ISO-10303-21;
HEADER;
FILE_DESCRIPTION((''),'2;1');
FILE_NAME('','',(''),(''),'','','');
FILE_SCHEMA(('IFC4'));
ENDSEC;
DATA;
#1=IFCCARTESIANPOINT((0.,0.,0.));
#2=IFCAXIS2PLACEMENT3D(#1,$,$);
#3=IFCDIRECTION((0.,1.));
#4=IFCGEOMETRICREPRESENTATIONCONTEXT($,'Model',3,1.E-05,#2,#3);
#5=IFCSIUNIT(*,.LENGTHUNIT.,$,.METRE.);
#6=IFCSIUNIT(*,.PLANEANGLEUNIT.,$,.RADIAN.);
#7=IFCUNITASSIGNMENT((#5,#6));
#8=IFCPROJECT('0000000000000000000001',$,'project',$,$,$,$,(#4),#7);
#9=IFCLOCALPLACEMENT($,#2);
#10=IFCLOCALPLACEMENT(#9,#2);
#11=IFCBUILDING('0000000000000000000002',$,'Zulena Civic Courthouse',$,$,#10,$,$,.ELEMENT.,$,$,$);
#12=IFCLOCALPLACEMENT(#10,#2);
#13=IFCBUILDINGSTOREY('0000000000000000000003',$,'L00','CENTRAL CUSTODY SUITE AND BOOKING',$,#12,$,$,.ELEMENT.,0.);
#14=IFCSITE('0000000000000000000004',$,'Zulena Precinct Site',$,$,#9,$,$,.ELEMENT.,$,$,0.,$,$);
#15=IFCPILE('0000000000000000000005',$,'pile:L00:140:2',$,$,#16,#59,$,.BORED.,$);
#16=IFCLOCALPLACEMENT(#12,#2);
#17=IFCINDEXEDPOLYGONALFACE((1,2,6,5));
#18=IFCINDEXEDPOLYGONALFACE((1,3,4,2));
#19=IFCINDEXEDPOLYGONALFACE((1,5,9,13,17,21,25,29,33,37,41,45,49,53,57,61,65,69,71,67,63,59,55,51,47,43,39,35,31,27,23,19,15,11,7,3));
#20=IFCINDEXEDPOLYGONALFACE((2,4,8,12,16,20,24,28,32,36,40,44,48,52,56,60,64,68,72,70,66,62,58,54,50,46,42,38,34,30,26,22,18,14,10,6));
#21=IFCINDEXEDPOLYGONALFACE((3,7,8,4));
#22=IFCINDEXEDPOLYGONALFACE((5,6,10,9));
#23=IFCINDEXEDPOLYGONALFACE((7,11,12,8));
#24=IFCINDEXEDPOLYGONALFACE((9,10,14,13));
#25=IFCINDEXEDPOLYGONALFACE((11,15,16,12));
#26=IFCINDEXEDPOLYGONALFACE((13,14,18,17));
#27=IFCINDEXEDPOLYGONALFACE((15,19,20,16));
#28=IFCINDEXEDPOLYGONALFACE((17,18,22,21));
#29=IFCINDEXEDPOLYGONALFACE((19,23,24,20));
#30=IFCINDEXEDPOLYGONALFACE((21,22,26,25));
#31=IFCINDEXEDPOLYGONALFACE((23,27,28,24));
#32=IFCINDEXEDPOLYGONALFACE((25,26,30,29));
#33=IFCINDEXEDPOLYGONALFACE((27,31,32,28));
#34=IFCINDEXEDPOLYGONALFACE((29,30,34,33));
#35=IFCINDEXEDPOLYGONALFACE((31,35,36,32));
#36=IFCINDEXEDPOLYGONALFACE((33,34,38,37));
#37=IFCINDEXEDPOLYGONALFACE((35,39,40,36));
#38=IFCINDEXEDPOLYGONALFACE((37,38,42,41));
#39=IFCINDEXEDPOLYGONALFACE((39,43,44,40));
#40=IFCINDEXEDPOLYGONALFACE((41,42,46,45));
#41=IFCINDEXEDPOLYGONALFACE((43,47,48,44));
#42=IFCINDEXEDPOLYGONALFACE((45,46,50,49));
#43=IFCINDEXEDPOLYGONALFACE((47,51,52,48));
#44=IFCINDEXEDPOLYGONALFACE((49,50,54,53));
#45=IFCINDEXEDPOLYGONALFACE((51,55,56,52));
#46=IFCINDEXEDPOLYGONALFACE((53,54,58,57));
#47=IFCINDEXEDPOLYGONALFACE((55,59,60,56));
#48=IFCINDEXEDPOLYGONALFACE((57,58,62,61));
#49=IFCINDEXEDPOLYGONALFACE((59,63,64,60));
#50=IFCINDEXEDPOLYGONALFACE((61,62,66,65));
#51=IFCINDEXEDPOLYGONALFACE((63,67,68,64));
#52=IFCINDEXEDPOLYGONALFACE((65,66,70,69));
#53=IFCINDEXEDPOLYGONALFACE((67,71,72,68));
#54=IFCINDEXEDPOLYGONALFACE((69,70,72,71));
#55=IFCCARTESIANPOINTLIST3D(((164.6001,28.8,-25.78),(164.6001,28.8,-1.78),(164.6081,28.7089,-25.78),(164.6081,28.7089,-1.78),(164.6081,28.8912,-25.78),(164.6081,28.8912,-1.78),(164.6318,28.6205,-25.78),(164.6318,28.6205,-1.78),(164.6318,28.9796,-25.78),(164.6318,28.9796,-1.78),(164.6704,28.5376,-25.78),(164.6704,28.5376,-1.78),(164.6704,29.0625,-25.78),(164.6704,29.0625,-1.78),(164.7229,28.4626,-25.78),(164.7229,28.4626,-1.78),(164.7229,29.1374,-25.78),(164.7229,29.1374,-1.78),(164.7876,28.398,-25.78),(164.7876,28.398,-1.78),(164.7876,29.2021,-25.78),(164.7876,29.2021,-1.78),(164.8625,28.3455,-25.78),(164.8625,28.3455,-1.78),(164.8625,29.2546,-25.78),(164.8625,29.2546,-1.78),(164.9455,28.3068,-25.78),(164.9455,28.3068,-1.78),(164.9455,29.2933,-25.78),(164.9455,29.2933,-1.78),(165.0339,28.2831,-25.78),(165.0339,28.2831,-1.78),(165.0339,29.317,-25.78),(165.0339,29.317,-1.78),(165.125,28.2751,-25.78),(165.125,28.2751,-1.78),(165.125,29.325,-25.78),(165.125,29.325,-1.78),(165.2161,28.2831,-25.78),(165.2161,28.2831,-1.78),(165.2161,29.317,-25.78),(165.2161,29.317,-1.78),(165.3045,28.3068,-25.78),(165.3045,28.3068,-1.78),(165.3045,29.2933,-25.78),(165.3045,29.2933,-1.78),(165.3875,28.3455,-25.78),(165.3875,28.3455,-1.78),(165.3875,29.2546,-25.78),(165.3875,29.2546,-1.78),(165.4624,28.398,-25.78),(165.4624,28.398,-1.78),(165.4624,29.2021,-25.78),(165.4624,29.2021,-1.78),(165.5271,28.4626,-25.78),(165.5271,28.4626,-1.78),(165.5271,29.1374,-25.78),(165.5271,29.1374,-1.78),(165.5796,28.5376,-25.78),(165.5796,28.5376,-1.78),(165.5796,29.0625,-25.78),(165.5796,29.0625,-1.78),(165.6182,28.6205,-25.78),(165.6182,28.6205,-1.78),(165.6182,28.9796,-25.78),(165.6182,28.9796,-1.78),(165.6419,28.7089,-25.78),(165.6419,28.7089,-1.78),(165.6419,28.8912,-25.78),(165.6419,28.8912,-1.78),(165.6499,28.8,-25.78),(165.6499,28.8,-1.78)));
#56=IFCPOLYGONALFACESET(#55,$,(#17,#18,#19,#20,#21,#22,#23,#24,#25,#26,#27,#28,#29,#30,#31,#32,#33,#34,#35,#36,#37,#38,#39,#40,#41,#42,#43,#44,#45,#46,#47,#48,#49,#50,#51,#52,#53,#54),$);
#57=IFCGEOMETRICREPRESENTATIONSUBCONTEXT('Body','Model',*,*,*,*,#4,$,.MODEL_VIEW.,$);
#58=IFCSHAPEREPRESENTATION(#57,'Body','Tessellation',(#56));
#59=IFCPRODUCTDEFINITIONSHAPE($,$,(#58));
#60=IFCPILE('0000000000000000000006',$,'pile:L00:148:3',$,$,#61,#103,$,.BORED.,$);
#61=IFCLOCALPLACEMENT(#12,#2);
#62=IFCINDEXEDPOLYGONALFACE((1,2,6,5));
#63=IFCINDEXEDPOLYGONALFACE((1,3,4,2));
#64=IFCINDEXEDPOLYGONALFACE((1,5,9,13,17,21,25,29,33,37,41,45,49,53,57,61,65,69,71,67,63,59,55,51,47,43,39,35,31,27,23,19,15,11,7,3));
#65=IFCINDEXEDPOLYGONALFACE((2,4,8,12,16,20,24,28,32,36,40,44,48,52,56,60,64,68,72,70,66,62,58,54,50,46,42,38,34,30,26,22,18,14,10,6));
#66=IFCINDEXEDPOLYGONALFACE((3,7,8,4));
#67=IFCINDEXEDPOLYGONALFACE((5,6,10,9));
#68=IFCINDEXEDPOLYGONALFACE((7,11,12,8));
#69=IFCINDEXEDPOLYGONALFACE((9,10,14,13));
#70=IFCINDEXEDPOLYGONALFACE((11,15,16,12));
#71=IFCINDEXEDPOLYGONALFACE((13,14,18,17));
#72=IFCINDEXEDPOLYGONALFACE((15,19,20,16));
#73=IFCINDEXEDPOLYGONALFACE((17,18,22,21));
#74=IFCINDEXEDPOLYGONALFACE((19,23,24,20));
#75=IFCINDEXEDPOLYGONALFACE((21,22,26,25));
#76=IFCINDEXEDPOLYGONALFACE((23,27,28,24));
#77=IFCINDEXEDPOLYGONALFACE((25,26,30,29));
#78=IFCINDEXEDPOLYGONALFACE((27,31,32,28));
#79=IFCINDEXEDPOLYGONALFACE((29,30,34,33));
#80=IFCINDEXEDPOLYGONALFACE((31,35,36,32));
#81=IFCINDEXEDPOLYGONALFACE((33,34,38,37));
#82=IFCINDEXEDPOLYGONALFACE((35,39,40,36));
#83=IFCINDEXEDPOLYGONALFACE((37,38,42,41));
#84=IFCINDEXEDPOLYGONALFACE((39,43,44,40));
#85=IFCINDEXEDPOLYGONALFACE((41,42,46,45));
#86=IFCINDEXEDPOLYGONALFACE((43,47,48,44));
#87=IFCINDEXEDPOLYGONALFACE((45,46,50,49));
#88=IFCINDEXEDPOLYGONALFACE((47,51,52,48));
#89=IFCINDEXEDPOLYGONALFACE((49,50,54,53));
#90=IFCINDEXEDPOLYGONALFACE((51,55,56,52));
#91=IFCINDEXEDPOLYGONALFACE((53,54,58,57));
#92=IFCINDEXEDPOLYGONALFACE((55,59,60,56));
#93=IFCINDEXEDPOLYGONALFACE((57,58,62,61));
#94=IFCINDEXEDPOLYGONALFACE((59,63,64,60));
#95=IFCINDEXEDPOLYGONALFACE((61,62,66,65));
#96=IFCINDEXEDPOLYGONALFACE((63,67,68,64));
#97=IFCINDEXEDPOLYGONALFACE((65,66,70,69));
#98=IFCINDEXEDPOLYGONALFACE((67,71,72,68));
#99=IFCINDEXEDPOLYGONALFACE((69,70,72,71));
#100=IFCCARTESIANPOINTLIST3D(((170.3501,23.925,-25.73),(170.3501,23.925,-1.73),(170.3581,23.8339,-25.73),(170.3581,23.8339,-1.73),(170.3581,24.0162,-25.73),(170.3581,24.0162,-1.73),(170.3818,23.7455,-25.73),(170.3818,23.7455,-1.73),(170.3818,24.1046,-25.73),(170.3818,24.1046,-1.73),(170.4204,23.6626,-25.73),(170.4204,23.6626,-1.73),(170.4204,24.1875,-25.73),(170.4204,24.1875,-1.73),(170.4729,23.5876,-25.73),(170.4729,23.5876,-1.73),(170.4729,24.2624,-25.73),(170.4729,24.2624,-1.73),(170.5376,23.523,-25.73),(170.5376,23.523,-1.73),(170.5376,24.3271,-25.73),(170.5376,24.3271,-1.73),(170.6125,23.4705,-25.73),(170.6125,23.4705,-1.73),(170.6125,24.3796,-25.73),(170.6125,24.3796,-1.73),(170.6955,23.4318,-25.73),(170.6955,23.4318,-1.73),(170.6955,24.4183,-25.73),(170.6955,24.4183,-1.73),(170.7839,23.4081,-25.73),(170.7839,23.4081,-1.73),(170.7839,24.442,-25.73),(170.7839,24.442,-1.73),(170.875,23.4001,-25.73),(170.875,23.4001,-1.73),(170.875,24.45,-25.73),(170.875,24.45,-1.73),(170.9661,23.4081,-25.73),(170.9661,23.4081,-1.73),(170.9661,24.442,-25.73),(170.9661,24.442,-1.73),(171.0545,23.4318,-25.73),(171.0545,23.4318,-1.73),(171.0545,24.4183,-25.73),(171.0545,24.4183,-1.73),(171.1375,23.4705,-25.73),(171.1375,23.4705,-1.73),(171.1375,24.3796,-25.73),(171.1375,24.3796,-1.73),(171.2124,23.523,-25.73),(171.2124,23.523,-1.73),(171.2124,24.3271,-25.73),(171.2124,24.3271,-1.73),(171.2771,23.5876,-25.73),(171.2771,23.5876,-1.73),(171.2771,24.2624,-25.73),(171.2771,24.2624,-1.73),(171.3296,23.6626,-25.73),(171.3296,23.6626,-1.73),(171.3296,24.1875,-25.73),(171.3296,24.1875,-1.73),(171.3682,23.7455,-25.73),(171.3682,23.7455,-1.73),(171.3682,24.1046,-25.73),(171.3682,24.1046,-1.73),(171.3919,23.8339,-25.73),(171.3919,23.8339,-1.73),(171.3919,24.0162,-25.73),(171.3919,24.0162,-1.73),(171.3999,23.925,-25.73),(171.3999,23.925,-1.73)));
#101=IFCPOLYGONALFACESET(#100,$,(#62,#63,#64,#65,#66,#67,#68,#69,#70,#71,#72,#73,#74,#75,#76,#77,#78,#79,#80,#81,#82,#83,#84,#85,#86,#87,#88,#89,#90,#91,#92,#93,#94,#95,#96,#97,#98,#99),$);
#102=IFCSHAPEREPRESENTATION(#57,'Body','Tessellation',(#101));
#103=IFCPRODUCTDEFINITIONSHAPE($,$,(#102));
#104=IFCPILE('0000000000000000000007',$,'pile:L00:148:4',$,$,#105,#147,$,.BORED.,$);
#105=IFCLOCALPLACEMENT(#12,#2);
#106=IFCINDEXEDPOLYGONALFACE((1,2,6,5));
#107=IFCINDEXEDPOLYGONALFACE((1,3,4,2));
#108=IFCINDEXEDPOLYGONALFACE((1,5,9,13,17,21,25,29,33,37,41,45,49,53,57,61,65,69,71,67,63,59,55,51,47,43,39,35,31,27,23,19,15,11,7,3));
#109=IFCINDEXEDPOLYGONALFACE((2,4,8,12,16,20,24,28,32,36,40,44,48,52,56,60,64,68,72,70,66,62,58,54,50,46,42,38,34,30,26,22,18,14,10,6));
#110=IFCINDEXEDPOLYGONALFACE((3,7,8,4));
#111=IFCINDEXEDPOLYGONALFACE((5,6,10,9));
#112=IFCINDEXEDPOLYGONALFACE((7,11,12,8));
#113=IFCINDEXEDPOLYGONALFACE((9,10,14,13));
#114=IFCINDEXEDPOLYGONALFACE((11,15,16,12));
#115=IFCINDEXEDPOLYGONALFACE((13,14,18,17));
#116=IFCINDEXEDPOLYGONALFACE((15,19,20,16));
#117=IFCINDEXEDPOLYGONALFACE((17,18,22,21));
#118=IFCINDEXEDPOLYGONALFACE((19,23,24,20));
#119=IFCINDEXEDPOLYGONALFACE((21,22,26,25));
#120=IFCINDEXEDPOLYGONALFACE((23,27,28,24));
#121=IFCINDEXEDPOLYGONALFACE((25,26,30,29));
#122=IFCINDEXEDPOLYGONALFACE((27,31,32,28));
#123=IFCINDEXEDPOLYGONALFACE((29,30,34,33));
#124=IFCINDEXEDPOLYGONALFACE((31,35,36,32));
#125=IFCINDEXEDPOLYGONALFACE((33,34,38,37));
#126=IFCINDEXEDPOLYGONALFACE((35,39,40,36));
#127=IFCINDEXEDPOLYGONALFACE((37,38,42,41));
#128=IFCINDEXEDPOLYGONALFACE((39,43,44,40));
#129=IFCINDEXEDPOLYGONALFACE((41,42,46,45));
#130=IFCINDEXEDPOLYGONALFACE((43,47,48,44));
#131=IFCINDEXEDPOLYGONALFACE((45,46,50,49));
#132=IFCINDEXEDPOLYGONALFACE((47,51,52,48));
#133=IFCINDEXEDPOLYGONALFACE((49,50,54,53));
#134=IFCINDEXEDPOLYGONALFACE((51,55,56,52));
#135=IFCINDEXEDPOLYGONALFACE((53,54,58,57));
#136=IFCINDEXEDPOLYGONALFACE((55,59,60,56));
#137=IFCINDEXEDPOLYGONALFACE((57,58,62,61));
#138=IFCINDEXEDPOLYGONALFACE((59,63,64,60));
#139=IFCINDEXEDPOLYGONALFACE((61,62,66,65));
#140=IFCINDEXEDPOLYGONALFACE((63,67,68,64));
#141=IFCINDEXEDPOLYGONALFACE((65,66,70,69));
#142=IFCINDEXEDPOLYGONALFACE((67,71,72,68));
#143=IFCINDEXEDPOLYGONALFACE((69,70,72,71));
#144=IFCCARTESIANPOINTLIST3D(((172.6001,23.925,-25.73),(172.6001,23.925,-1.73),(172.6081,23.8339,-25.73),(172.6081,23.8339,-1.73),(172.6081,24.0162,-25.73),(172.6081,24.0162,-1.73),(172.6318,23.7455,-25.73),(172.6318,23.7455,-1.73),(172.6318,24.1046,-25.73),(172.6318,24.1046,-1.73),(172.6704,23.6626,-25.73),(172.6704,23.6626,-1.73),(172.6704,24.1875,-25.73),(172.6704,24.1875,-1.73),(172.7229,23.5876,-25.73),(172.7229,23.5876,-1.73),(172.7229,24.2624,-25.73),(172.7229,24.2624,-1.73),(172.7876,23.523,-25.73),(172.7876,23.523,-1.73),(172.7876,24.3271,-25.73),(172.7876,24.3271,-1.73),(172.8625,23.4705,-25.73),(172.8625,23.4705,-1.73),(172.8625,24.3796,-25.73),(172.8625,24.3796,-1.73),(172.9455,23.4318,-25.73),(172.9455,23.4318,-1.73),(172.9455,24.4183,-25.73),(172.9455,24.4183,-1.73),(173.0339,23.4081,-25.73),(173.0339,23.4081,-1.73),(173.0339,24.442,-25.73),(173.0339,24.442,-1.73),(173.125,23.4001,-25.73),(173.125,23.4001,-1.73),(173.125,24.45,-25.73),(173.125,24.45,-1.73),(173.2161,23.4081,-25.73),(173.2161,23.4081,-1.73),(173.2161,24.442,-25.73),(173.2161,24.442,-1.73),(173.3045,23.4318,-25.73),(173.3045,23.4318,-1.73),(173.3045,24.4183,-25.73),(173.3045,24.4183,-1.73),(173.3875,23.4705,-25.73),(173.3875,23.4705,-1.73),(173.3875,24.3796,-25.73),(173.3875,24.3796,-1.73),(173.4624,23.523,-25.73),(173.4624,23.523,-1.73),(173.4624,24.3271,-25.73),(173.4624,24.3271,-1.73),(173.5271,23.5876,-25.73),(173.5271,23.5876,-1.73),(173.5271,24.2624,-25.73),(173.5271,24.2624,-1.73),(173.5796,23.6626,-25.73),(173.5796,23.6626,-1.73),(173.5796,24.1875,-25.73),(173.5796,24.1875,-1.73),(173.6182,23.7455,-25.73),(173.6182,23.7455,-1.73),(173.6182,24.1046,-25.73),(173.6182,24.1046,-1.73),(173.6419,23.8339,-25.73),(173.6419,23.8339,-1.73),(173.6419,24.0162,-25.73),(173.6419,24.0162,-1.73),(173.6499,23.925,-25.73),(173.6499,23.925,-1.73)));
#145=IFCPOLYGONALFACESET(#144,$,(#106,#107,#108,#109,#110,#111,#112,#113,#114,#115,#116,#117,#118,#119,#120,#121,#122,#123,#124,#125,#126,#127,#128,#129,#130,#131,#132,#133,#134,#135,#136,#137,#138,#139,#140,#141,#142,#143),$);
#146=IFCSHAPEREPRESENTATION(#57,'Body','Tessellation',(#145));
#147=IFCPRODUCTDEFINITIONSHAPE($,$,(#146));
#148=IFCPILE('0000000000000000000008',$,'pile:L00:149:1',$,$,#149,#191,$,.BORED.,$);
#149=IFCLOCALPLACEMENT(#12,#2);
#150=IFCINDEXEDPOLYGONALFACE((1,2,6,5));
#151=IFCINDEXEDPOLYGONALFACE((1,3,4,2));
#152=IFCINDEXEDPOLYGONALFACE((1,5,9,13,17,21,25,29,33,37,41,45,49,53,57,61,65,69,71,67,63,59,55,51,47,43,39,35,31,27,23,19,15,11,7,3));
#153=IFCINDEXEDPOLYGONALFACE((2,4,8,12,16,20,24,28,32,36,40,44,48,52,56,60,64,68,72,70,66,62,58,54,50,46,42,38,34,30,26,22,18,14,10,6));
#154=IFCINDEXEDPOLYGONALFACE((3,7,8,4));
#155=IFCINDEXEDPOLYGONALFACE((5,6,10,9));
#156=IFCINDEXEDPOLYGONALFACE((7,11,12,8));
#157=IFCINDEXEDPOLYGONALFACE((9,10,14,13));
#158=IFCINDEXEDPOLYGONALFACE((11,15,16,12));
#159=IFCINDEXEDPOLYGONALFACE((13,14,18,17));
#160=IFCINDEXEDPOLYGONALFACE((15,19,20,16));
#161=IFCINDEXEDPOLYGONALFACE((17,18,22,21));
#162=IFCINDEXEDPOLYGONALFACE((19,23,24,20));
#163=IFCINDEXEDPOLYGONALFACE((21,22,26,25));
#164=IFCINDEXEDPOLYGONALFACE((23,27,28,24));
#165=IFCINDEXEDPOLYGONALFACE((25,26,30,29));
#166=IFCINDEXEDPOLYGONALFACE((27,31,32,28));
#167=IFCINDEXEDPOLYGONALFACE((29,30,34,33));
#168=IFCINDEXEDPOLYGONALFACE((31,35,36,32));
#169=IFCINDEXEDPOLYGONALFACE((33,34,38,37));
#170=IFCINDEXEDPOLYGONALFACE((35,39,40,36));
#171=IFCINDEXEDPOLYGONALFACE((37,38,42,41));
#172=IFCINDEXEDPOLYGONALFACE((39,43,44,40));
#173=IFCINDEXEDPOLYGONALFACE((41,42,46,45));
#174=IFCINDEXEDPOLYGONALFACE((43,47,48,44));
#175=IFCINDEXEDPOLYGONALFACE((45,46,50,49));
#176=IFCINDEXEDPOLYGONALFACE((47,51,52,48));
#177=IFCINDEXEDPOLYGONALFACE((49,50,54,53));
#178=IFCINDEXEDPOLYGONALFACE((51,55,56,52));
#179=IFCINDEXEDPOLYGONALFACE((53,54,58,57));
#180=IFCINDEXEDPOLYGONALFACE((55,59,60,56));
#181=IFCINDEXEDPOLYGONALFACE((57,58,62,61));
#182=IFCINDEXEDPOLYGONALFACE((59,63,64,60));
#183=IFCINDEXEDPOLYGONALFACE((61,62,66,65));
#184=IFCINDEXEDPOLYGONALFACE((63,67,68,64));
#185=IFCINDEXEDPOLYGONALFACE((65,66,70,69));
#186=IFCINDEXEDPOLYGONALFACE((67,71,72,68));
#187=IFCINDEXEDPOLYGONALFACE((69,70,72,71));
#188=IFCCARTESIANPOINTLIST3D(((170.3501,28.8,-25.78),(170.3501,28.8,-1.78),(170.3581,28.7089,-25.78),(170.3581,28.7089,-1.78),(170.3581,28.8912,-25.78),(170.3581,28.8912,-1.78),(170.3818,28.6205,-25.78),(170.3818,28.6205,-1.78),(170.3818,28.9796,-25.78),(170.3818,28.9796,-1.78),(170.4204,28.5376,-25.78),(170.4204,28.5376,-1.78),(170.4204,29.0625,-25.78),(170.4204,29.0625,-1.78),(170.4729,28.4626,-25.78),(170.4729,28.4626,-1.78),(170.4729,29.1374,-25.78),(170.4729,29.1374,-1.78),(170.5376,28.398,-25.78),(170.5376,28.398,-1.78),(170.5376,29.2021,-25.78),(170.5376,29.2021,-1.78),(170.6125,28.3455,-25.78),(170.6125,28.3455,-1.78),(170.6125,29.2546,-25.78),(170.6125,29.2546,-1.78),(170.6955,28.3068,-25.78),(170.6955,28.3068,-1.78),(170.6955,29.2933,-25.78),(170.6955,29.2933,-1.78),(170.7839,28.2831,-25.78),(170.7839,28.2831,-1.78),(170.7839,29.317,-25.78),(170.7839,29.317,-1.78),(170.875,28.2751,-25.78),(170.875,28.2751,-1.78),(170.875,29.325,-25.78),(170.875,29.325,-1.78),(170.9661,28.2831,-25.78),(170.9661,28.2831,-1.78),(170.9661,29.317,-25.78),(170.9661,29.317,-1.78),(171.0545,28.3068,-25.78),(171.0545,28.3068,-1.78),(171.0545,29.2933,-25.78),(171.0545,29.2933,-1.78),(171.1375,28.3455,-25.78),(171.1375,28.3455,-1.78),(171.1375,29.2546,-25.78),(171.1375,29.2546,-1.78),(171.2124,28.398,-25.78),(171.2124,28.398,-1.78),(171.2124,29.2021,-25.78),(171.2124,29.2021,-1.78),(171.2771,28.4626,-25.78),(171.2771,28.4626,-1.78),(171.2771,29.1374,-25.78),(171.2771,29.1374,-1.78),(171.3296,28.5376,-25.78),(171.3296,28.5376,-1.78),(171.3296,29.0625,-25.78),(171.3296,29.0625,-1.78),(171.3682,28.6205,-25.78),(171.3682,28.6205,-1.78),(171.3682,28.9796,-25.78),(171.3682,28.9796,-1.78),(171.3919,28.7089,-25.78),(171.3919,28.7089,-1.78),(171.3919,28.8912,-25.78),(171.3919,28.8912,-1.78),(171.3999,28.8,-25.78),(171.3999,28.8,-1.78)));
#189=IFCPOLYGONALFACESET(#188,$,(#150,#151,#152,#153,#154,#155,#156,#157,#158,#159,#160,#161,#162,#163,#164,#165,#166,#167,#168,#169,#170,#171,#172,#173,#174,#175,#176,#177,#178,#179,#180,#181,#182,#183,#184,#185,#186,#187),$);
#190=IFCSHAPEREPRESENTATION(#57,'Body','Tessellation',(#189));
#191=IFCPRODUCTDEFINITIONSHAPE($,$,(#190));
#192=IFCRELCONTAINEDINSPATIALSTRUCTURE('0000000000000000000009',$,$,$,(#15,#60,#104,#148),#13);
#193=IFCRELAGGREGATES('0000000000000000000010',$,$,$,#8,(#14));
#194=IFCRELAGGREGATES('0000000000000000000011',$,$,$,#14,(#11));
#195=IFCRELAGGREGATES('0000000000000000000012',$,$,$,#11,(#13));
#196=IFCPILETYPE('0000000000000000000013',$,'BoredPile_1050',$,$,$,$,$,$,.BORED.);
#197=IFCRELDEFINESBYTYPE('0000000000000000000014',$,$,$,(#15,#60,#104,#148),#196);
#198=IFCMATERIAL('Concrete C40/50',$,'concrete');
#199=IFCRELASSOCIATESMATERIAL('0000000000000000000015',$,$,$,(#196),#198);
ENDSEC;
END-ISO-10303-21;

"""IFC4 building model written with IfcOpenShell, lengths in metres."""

from ifc_helpers import new_model, si_unit, direction, frame, origin, origin_2d, place, context, subcontext, project, spatial, circle, extrude, material, material_profile, profile_set, type_object, element, save


model = new_model("IFC4")

# Units and contexts
model_context = context("Model", 3, precision=1e-05, world=origin(), true_north=direction((0.0, 1.0)))
body_context = subcontext(model_context, "Body", "Model", "MODEL_VIEW")
ifc_project = project(units=[si_unit("LENGTHUNIT", "METRE"), si_unit("PLANEANGLEUNIT", "RADIAN")], contexts=[model_context])

# Site, building, storey
site_placement = place(None, origin())
site = spatial("IfcSite", under=ifc_project, at=site_placement, Name="Zulena Precinct Site", CompositionType="ELEMENT", RefElevation=0.0)
building_placement = place(site_placement, origin())
building = spatial("IfcBuilding", under=site, at=building_placement, Name="Zulena Civic Courthouse", CompositionType="ELEMENT")
storey_placement = place(building_placement, origin())
storey = spatial("IfcBuildingStorey", under=building, at=storey_placement, Name="L00", Description="CENTRAL CUSTODY SUITE AND BOOKING", CompositionType="ELEMENT", Elevation=0.0)

# Piles
ifc_material_1 = material(Name="Concrete C40/50", Category="concrete")
ifc_material_profile_1 = material_profile(ifc_material_1, circle(Radius=0.5249, at=origin_2d()), Name="PILE1050")
ifc_profile_set_1 = profile_set([ifc_material_profile_1], Name="Concrete C40/50")
pile_type_1 = type_object("IfcPileType", Name="BoredPile_1050", PredefinedType="BORED", material=ifc_profile_set_1)
for number, where, z_axis, x_axis, name in (
    (1, (165.125, 28.8, -1.78), (0.0, 0.0, -1.0), (1.0, 0.0, 0.0), "pile:L00:140:2"),
    (2, (170.875, 23.925, -1.73), (0.0, 0.0, -1.0), (1.0, 0.0, 0.0), "pile:L00:148:3"),
    (3, (173.125, 23.925, -1.73), (0.0, 0.0, -1.0), (1.0, 0.0, 0.0), "pile:L00:148:4"),
    (4, (170.875, 28.8, -1.78), (0.0, 0.0, -1.0), (1.0, 0.0, 0.0), "pile:L00:149:1"),
):
    element("IfcPile", number, at=place(storey_placement, frame(where, z_axis=z_axis, x_axis=x_axis)), inside=storey, type_object=pile_type_1, Name=name, PredefinedType="BORED", context=body_context, shape_type="SweptSolid", body=[
        extrude(circle(Radius=0.5249, at=origin_2d()), origin(), (0.0, 0.0, 1.0), 24.0),
    ])

save(model, "model.ifc")
